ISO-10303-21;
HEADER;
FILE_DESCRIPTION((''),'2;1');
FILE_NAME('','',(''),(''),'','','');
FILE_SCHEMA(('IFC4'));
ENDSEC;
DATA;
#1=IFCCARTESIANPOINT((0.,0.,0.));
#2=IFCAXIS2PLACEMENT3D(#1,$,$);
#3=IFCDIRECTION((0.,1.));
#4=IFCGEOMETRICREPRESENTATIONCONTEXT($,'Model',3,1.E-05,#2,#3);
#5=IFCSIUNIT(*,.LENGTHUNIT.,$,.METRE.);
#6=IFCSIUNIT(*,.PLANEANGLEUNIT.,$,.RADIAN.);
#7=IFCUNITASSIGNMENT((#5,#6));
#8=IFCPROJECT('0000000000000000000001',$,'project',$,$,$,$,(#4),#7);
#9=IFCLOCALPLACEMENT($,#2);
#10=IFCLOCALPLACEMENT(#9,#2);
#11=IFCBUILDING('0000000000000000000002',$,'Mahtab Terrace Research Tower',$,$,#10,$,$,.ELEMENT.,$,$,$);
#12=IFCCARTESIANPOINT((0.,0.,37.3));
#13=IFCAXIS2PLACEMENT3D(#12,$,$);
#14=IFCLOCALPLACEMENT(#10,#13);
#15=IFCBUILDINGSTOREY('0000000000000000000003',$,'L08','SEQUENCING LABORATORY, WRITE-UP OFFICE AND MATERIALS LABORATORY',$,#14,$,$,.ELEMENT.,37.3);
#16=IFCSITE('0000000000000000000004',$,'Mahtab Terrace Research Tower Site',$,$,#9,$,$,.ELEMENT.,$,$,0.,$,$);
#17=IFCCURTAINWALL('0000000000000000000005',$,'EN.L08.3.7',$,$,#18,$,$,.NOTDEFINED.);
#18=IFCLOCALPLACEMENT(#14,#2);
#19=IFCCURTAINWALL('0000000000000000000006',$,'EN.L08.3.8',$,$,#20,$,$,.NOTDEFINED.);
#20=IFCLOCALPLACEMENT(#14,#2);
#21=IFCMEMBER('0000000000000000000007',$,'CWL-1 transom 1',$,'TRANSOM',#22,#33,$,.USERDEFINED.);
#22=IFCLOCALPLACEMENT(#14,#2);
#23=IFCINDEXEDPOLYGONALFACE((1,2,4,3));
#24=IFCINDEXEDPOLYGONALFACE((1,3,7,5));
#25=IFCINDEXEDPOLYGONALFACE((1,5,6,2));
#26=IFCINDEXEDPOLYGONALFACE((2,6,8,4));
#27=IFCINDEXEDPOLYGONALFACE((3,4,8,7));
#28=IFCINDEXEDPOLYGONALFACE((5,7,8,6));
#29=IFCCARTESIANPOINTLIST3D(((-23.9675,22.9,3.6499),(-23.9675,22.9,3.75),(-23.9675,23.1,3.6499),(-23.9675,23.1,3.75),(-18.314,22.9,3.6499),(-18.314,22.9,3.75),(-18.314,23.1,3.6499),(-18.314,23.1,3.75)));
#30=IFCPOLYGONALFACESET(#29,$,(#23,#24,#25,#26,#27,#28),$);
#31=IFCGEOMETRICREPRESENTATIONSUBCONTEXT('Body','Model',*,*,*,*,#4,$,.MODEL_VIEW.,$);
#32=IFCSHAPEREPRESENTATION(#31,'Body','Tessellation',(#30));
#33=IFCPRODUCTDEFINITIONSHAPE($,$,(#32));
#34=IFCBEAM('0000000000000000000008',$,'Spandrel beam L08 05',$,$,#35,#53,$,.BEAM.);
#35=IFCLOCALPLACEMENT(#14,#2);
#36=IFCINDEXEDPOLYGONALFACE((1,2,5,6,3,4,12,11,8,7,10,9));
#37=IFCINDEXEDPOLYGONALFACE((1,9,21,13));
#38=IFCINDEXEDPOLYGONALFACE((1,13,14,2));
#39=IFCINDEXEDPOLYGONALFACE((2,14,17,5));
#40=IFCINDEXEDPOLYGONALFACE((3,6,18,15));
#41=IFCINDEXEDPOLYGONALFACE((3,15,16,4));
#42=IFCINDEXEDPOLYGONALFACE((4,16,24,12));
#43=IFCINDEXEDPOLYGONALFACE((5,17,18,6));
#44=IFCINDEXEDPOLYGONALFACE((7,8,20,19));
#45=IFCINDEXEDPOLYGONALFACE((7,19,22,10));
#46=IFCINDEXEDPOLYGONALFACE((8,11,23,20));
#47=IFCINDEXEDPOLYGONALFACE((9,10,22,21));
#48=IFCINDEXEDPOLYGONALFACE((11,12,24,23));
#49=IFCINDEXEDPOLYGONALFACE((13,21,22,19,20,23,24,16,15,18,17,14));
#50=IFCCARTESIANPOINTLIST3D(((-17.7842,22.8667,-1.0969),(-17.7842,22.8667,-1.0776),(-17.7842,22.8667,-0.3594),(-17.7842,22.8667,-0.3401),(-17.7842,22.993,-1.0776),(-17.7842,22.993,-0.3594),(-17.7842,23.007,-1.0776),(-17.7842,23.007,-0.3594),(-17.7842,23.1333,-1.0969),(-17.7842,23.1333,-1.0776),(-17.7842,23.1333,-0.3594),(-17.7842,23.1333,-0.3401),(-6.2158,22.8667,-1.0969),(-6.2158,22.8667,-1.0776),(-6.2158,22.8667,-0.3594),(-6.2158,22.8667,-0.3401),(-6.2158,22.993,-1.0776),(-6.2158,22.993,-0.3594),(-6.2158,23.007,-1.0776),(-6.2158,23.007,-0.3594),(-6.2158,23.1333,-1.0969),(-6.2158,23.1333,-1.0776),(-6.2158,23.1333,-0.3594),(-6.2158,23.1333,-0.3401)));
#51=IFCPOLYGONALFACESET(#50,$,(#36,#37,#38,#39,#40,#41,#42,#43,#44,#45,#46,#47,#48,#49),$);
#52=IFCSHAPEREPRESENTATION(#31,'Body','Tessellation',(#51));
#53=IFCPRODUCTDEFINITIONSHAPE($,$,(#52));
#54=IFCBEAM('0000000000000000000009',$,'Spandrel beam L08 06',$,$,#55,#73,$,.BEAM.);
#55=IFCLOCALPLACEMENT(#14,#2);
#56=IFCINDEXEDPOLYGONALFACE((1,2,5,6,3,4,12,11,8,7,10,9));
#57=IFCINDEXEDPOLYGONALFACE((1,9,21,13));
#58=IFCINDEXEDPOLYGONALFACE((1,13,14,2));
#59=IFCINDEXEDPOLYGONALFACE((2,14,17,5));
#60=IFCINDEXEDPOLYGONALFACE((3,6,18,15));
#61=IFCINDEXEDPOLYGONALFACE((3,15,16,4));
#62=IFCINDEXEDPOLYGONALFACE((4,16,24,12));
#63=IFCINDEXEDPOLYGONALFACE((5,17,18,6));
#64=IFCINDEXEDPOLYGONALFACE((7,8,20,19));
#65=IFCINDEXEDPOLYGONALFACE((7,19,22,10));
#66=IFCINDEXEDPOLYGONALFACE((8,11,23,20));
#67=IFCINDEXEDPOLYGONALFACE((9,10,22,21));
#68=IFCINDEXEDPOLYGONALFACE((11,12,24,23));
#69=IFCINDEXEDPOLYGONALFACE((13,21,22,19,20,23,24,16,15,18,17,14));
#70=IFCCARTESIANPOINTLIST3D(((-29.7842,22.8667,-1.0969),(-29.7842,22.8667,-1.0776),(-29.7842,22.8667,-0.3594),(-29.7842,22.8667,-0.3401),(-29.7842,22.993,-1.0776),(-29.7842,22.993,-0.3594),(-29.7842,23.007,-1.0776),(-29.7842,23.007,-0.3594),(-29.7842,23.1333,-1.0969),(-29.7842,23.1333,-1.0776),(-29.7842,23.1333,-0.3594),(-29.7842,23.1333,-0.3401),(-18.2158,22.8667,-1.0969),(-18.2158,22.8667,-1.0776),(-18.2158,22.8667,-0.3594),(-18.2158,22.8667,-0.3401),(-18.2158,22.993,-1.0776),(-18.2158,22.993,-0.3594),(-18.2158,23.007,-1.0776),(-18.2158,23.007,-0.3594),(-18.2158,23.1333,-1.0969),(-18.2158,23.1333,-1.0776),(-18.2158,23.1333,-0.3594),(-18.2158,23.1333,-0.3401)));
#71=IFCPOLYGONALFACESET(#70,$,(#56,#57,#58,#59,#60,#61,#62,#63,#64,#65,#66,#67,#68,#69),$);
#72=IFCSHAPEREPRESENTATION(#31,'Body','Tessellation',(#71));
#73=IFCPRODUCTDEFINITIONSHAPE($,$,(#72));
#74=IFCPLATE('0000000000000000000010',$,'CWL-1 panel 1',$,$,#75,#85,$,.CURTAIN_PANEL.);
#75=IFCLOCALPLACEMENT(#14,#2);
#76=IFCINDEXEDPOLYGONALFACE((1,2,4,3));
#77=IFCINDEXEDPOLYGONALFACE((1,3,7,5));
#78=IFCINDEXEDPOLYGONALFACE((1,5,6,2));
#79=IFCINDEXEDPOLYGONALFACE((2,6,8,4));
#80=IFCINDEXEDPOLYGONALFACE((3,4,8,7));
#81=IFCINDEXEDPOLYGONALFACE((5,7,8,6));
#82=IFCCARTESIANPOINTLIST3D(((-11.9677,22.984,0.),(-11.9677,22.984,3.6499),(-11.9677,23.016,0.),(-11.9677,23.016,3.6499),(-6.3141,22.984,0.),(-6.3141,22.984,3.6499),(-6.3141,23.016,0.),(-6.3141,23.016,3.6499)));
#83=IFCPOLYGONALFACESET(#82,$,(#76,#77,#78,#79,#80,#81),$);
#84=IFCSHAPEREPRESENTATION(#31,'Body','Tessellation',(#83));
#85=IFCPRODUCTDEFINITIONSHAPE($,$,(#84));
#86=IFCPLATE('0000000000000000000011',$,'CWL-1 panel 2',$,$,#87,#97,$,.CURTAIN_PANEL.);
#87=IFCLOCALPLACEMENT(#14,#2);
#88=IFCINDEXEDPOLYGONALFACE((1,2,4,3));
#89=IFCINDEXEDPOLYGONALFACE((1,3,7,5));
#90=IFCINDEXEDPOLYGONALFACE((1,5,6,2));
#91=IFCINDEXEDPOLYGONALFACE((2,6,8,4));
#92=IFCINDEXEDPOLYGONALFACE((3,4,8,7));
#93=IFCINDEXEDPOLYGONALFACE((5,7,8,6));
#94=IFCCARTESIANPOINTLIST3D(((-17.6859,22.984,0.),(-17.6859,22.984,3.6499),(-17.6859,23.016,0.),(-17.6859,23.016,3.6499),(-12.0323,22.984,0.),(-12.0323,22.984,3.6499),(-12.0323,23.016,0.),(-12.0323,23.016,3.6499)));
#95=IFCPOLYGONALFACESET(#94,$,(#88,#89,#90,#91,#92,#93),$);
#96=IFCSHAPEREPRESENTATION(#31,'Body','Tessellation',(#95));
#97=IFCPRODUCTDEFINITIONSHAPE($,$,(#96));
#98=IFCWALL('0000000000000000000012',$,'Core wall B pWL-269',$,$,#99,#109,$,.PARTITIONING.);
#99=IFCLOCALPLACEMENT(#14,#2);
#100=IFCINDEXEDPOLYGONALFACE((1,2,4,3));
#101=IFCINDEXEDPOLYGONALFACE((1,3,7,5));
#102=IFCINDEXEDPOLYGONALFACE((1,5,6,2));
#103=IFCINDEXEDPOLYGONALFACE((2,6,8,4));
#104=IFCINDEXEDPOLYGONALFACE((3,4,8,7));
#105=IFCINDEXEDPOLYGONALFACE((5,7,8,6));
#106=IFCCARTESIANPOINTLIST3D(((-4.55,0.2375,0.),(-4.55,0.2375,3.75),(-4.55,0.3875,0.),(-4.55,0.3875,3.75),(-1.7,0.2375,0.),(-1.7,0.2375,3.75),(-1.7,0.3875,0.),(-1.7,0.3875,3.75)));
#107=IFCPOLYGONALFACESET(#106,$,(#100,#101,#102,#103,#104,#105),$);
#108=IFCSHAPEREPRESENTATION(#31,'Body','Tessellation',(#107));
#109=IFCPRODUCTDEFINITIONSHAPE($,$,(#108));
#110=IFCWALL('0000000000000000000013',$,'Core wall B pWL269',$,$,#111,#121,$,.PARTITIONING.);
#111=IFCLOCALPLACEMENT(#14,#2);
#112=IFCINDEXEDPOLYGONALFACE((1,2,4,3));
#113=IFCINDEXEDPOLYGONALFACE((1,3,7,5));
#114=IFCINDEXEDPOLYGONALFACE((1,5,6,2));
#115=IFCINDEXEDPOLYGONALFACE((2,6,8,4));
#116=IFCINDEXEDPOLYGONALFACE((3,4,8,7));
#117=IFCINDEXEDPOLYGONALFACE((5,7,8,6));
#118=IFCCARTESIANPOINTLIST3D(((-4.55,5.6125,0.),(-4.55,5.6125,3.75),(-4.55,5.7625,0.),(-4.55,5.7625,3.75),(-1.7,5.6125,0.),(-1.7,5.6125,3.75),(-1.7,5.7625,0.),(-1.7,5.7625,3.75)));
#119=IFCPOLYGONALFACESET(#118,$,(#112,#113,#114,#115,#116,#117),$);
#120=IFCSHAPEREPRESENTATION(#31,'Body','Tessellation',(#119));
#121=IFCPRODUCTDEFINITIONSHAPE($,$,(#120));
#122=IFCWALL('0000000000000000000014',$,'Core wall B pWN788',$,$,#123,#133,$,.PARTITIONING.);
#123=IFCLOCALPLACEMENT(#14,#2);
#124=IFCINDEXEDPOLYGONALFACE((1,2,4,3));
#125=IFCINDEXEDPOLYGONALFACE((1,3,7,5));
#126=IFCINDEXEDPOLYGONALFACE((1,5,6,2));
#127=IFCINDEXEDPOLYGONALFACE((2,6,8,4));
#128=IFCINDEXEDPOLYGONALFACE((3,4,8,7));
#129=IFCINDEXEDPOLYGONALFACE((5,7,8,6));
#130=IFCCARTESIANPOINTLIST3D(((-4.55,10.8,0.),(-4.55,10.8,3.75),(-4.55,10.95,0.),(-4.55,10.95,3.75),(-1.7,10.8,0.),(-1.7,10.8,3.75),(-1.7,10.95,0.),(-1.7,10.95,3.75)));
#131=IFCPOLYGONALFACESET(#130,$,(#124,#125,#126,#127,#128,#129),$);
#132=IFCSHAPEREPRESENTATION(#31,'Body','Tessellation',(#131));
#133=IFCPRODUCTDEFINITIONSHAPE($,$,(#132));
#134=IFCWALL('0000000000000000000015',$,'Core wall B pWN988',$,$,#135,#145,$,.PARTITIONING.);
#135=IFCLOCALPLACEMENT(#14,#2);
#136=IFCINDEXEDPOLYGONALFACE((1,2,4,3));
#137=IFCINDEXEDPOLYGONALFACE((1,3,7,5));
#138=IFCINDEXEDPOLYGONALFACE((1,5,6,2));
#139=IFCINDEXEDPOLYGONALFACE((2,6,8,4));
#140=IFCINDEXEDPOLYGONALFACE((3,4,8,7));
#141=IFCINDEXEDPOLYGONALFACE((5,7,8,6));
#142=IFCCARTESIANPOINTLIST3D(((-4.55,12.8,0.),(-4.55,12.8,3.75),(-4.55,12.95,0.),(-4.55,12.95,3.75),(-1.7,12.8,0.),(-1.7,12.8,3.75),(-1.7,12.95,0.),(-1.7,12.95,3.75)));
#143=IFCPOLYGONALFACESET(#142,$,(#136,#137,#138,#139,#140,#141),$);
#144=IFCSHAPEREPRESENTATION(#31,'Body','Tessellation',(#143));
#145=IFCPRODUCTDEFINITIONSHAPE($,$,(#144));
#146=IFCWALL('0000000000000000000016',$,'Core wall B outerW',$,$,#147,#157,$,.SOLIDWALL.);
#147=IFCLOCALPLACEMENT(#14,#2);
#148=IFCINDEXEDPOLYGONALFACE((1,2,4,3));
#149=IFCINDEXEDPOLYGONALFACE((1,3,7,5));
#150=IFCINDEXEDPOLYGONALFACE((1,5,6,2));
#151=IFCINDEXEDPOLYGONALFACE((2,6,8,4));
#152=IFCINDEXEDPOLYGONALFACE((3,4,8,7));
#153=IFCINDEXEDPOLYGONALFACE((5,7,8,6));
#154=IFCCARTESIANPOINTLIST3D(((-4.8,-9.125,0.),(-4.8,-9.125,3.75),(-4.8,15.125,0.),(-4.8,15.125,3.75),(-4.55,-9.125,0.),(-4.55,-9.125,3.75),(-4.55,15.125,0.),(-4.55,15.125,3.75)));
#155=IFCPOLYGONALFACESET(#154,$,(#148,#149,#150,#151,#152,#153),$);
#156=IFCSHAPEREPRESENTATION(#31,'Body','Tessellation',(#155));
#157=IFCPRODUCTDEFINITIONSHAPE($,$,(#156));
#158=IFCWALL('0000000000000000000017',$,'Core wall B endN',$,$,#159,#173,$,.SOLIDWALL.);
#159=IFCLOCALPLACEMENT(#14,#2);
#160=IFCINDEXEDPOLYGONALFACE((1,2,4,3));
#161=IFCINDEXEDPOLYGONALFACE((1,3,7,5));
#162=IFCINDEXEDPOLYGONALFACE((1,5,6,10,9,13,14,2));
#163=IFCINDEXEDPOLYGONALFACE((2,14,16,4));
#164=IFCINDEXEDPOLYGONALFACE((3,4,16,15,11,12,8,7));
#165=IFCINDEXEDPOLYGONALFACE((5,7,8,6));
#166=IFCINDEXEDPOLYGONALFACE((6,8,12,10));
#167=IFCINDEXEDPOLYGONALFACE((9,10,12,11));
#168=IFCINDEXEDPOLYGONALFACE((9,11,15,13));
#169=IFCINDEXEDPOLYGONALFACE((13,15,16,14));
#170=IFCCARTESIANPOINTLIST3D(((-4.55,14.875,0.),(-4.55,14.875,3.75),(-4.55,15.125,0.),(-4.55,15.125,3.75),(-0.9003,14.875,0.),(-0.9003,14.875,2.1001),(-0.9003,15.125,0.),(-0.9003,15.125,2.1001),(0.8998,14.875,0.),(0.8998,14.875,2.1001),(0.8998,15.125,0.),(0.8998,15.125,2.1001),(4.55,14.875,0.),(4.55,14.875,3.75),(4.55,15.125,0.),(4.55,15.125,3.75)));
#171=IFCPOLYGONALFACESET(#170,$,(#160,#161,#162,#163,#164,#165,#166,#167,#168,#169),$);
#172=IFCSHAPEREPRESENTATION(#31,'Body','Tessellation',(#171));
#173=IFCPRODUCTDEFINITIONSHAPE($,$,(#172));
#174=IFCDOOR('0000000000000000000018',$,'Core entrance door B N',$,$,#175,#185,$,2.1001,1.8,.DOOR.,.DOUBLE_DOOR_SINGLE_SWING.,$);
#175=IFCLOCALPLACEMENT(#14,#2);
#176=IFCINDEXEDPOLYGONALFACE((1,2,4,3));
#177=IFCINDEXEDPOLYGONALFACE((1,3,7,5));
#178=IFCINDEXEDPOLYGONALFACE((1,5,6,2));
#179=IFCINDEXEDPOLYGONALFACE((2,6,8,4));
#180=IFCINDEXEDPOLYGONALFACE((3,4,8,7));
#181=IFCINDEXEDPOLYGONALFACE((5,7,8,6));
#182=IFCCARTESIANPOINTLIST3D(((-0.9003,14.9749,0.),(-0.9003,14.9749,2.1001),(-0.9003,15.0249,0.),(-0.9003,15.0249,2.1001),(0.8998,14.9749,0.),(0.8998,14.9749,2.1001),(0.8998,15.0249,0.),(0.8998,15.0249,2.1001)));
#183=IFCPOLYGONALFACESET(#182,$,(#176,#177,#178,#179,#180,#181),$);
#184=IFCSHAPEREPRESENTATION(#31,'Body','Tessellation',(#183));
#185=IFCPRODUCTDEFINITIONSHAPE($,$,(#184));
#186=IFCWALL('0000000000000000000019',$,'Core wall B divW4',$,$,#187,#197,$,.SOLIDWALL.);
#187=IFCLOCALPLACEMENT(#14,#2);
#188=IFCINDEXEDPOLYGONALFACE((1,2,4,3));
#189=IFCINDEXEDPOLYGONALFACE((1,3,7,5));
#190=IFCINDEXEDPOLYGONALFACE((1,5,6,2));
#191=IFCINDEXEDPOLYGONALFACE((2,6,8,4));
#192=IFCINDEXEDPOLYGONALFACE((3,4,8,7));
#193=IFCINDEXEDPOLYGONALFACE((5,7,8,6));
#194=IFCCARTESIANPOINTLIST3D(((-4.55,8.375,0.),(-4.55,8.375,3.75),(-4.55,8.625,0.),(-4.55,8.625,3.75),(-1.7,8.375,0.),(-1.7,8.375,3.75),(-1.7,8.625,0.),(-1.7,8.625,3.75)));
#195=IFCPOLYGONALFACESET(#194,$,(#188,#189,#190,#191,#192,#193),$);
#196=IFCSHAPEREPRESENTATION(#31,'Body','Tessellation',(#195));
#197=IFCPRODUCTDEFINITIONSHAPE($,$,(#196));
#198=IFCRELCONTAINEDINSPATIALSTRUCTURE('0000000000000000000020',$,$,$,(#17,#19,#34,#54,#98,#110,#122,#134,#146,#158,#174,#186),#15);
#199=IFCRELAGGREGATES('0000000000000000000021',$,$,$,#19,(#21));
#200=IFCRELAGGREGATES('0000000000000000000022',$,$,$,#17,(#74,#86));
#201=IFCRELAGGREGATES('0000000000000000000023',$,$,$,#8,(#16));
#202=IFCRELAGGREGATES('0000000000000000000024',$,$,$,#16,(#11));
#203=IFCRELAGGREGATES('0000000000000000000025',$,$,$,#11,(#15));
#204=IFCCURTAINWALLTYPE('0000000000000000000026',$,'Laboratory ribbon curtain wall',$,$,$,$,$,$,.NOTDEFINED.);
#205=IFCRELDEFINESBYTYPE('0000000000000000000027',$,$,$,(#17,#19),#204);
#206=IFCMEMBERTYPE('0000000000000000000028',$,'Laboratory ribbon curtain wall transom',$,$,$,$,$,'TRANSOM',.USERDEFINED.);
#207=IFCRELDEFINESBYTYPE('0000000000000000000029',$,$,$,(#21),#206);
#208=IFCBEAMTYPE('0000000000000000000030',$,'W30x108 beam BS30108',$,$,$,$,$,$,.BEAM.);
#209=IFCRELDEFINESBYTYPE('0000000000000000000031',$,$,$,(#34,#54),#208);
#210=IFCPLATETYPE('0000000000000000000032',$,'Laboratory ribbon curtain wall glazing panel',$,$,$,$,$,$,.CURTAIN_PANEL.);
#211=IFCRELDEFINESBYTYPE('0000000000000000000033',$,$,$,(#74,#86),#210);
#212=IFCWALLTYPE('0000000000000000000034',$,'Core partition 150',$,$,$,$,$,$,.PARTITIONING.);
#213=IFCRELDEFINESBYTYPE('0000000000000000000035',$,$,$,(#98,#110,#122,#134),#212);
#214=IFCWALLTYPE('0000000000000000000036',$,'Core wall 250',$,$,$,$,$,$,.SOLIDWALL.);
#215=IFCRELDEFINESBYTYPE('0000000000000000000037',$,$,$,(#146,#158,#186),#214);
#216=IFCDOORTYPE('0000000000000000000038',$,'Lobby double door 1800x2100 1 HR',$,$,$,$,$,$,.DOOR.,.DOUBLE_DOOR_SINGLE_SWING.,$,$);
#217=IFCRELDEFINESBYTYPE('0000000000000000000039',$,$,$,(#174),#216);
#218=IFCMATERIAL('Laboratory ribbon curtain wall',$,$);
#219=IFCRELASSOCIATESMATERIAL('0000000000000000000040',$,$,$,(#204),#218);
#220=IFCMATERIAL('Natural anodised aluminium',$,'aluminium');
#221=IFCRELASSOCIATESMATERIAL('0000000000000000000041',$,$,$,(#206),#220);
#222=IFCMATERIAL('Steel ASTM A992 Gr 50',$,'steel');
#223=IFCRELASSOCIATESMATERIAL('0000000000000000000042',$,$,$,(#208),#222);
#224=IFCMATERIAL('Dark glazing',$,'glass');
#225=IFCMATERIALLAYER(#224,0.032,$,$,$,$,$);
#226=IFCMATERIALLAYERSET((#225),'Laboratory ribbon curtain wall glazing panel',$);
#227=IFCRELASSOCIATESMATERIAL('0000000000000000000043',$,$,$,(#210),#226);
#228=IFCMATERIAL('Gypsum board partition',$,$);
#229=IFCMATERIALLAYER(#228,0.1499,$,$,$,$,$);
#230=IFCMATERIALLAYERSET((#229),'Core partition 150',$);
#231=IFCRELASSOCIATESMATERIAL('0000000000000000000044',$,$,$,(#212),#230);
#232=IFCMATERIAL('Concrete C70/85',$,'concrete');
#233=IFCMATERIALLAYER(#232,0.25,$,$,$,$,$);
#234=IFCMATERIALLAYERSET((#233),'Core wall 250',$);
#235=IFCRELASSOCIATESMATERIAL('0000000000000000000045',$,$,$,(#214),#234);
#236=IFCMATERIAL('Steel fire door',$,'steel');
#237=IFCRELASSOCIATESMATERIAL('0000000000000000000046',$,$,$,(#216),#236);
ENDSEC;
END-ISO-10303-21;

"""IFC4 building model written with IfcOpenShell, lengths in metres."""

from ifc_helpers import new_model, si_unit, direction, frame, frame_2d, origin, origin_2d, place, context, subcontext, project, spatial, rectangle, i_section, extrude, material, layer, layer_set, material_profile, profile_set, type_object, element, fill, aggregate, save


model = new_model("IFC4")

# Units and contexts
model_context = context("Model", 3, precision=1e-05, world=origin(), true_north=direction((0.0, 1.0)))
body_context = subcontext(model_context, "Body", "Model", "MODEL_VIEW")
ifc_project = project(units=[si_unit("LENGTHUNIT", "METRE"), si_unit("PLANEANGLEUNIT", "RADIAN")], contexts=[model_context])

# Site, building, storey
site_placement = place(None, origin())
site = spatial("IfcSite", under=ifc_project, at=site_placement, Name="Mahtab Terrace Research Tower Site", CompositionType="ELEMENT", RefElevation=0.0)
building_placement = place(site_placement, origin())
building = spatial("IfcBuilding", under=site, at=building_placement, Name="Mahtab Terrace Research Tower", CompositionType="ELEMENT")
storey_placement = place(building_placement, frame((0.0, 0.0, 37.3)))
storey = spatial("IfcBuildingStorey", under=building, at=storey_placement, Name="L08", Description="SEQUENCING LABORATORY, WRITE-UP OFFICE AND MATERIALS LABORATORY", CompositionType="ELEMENT", Elevation=37.3)

# Shared definitions
ifc_material_1 = material(Name="Concrete C70/85", Category="concrete")
ifc_material_2 = material(Name="Steel ASTM A992 Gr 50", Category="steel")

# Curtain wall
ifc_material_3 = material(Name="Laboratory ribbon curtain wall")
curtain_wall_type = type_object("IfcCurtainWallType", Name="Laboratory ribbon curtain wall", PredefinedType="NOTDEFINED", material=ifc_material_3)
curtain_wall_1_placement = place(storey_placement, origin())
curtain_wall_1 = element("IfcCurtainWall", 1, at=curtain_wall_1_placement, inside=storey, type_object=curtain_wall_type, Name="EN.L08.3.7", PredefinedType="NOTDEFINED")
ifc_material_4 = material(Name="Natural anodised aluminium", Category="aluminium")

# Curtain wall
curtain_wall_2_placement = place(storey_placement, origin())
curtain_wall_2 = element("IfcCurtainWall", 2, at=curtain_wall_2_placement, inside=storey, type_object=curtain_wall_type, Name="EN.L08.3.8", PredefinedType="NOTDEFINED")

# Member
ifc_material_profile_1 = material_profile(ifc_material_4, rectangle(XDim=0.2, YDim=0.1001, at=origin_2d()), Name="TRANSOM 100x200")
ifc_profile_set_1 = profile_set([ifc_material_profile_1], Name="Natural anodised aluminium")
member_type_1 = type_object("IfcMemberType", Name="Laboratory ribbon curtain wall transom", ElementType="TRANSOM", PredefinedType="USERDEFINED", material=ifc_profile_set_1)
member_1_placement = place(storey_placement, frame((-18.314, 23.0, 3.7), z_axis=(-1.0, 0.0, 0.0), x_axis=(0.0, -1.0, 0.0)))
member_1 = element("IfcMember", 3, at=member_1_placement, type_object=member_type_1, Name="CWL-1 transom 1", ObjectType="TRANSOM", PredefinedType="USERDEFINED", context=body_context, shape_type="SweptSolid", body=[
    extrude(rectangle(XDim=0.2, YDim=0.1001, at=origin_2d()), origin(), (0.0, 0.0, 1.0), 5.6536),
])
aggregate(curtain_wall_2, [member_1])

# Beams
ifc_material_profile_2 = material_profile(ifc_material_2, i_section(OverallWidth=0.2666, OverallDepth=0.7568, WebThickness=0.0139, FlangeThickness=0.0193, at=origin_2d()), Name="W30X108")
ifc_profile_set_2 = profile_set([ifc_material_profile_2], Name="Steel ASTM A992 Gr 50")
beam_type = type_object("IfcBeamType", Name="W30x108 beam BS30108", PredefinedType="BEAM", material=ifc_profile_set_2)
for number, where, z_axis, x_axis, name in (
    (4, (-6.2158, 23.0, -0.7185), (-1.0, 0.0, 0.0), (0.0, -1.0, 0.0), "Spandrel beam L08 05"),
    (5, (-18.2158, 23.0, -0.7185), (-1.0, 0.0, 0.0), (0.0, -1.0, 0.0), "Spandrel beam L08 06"),
):
    element("IfcBeam", number, at=place(storey_placement, frame(where, z_axis=z_axis, x_axis=x_axis)), inside=storey, type_object=beam_type, Name=name, PredefinedType="BEAM", context=body_context, shape_type="SweptSolid", body=[
        extrude(i_section(OverallWidth=0.2666, OverallDepth=0.7568, WebThickness=0.0139, FlangeThickness=0.0193, at=origin_2d()), origin(), (0.0, 0.0, 1.0), 11.5684),
    ])

# Plates
ifc_material_5 = material(Name="Dark glazing", Category="glass")
ifc_layer_1 = layer(ifc_material_5, 0.032)
ifc_layer_set_1 = layer_set([ifc_layer_1], Name="Laboratory ribbon curtain wall glazing panel")
plate_type = type_object("IfcPlateType", Name="Laboratory ribbon curtain wall glazing panel", PredefinedType="CURTAIN_PANEL", material=ifc_layer_set_1)
plate_1_placement = place(storey_placement, frame((-9.1409, 23.0, 0.0), z_axis=(0.0, 0.0, 1.0), x_axis=(-1.0, 0.0, 0.0)))
plate_1 = element("IfcPlate", 6, at=plate_1_placement, type_object=plate_type, Name="CWL-1 panel 1", PredefinedType="CURTAIN_PANEL", context=body_context, shape_type="SweptSolid", body=[
    extrude(rectangle(XDim=5.6536, YDim=0.032, at=origin_2d()), origin(), (0.0, 0.0, 1.0), 3.6499),
])
plate_2_placement = place(storey_placement, frame((-14.8591, 23.0, 0.0), z_axis=(0.0, 0.0, 1.0), x_axis=(-1.0, 0.0, 0.0)))
plate_2 = element("IfcPlate", 7, at=plate_2_placement, type_object=plate_type, Name="CWL-1 panel 2", PredefinedType="CURTAIN_PANEL", context=body_context, shape_type="SweptSolid", body=[
    extrude(rectangle(XDim=5.6536, YDim=0.032, at=origin_2d()), origin(), (0.0, 0.0, 1.0), 3.6499),
])
aggregate(curtain_wall_1, [plate_1, plate_2])

# Walls
ifc_material_6 = material(Name="Gypsum board partition")
ifc_layer_2 = layer(ifc_material_6, 0.1499)
ifc_layer_set_2 = layer_set([ifc_layer_2], Name="Core partition 150")
wall_type_1 = type_object("IfcWallType", Name="Core partition 150", PredefinedType="PARTITIONING", material=ifc_layer_set_2)
for number, where, z_axis, x_axis, name in (
    (8, (-4.55, 0.3125, 0.0), (0.0, 0.0, 1.0), (1.0, 0.0, 0.0), "Core wall B pWL-269"),
    (9, (-4.55, 5.6875, 0.0), (0.0, 0.0, 1.0), (1.0, 0.0, 0.0), "Core wall B pWL269"),
    (10, (-4.55, 10.875, 0.0), (0.0, 0.0, 1.0), (1.0, 0.0, 0.0), "Core wall B pWN788"),
    (11, (-4.55, 12.875, 0.0), (0.0, 0.0, 1.0), (1.0, 0.0, 0.0), "Core wall B pWN988"),
):
    element("IfcWall", number, at=place(storey_placement, frame(where, z_axis=z_axis, x_axis=x_axis)), inside=storey, type_object=wall_type_1, Name=name, PredefinedType="PARTITIONING", context=body_context, shape_type="SweptSolid", body=[
        extrude(rectangle(XDim=2.8501, YDim=0.1499, at=frame_2d((1.425, 0.0))), origin(), (0.0, 0.0, 1.0), 3.75),
    ])
ifc_layer_3 = layer(ifc_material_1, 0.25)
ifc_layer_set_3 = layer_set([ifc_layer_3], Name="Core wall 250")
wall_type_2 = type_object("IfcWallType", Name="Core wall 250", PredefinedType="SOLIDWALL", material=ifc_layer_set_3)
wall_1_placement = place(storey_placement, frame((-4.675, 15.125, 0.0), z_axis=(0.0, 0.0, 1.0), x_axis=(0.0, -1.0, 0.0)))
element("IfcWall", 12, at=wall_1_placement, inside=storey, type_object=wall_type_2, Name="Core wall B outerW", PredefinedType="SOLIDWALL", context=body_context, shape_type="SweptSolid", body=[
    extrude(rectangle(XDim=24.25, YDim=0.25, at=frame_2d((12.125, 0.0))), origin(), (0.0, 0.0, 1.0), 3.75),
])

# Wall, opening, door
wall_2_placement = place(storey_placement, frame((-4.55, 15.0, 0.0), z_axis=(0.0, 0.0, 1.0), x_axis=(1.0, 0.0, 0.0)))
wall_2 = element("IfcWall", 13, at=wall_2_placement, inside=storey, type_object=wall_type_2, Name="Core wall B endN", PredefinedType="SOLIDWALL", context=body_context, shape_type="SweptSolid", body=[
    extrude(rectangle(XDim=9.1001, YDim=0.25, at=frame_2d((4.55, 0.0))), origin(), (0.0, 0.0, 1.0), 3.75),
])
opening_1_placement = place(wall_2_placement, frame((3.6499, 0.0, 0.0)))
opening_1 = element("IfcOpeningElement", 14, at=opening_1_placement, cuts=wall_2, PredefinedType="OPENING", context=body_context, shape_type="SweptSolid", body=[
    extrude(rectangle(XDim=1.8, YDim=2.1001, at=frame_2d((0.8999, 1.05))), frame((0.0, 0.135, 0.0), z_axis=(0.0, -1.0, 0.0), x_axis=(1.0, 0.0, 0.0)), (0.0, 0.0, 1.0), 0.27),
])
ifc_material_7 = material(Name="Steel fire door", Category="steel")
door_type_1 = type_object("IfcDoorType", Name="Lobby double door 1800x2100 1 HR", OperationType="DOUBLE_DOOR_SINGLE_SWING", PredefinedType="DOOR", material=ifc_material_7)
door_1_placement = place(opening_1_placement, origin())
door_1 = element("IfcDoor", 15, at=door_1_placement, inside=storey, type_object=door_type_1, Name="Core entrance door B N", OperationType="DOUBLE_DOOR_SINGLE_SWING", OverallHeight=2.1001, OverallWidth=1.8, PredefinedType="DOOR", context=body_context, shape_type="SweptSolid", body=[
    extrude(rectangle(XDim=1.8, YDim=2.1001, at=frame_2d((0.8999, 1.05))), frame((0.0, 0.0249, 0.0), z_axis=(0.0, -1.0, 0.0), x_axis=(1.0, 0.0, 0.0)), (0.0, 0.0, 1.0), 0.05),
])
fill(opening_1, door_1)

# Wall
wall_3_placement = place(storey_placement, frame((-4.55, 8.5, 0.0), z_axis=(0.0, 0.0, 1.0), x_axis=(1.0, 0.0, 0.0)))
element("IfcWall", 16, at=wall_3_placement, inside=storey, type_object=wall_type_2, Name="Core wall B divW4", PredefinedType="SOLIDWALL", context=body_context, shape_type="SweptSolid", body=[
    extrude(rectangle(XDim=2.8501, YDim=0.25, at=frame_2d((1.425, 0.0))), origin(), (0.0, 0.0, 1.0), 3.75),
])

save(model, "model.ifc")
